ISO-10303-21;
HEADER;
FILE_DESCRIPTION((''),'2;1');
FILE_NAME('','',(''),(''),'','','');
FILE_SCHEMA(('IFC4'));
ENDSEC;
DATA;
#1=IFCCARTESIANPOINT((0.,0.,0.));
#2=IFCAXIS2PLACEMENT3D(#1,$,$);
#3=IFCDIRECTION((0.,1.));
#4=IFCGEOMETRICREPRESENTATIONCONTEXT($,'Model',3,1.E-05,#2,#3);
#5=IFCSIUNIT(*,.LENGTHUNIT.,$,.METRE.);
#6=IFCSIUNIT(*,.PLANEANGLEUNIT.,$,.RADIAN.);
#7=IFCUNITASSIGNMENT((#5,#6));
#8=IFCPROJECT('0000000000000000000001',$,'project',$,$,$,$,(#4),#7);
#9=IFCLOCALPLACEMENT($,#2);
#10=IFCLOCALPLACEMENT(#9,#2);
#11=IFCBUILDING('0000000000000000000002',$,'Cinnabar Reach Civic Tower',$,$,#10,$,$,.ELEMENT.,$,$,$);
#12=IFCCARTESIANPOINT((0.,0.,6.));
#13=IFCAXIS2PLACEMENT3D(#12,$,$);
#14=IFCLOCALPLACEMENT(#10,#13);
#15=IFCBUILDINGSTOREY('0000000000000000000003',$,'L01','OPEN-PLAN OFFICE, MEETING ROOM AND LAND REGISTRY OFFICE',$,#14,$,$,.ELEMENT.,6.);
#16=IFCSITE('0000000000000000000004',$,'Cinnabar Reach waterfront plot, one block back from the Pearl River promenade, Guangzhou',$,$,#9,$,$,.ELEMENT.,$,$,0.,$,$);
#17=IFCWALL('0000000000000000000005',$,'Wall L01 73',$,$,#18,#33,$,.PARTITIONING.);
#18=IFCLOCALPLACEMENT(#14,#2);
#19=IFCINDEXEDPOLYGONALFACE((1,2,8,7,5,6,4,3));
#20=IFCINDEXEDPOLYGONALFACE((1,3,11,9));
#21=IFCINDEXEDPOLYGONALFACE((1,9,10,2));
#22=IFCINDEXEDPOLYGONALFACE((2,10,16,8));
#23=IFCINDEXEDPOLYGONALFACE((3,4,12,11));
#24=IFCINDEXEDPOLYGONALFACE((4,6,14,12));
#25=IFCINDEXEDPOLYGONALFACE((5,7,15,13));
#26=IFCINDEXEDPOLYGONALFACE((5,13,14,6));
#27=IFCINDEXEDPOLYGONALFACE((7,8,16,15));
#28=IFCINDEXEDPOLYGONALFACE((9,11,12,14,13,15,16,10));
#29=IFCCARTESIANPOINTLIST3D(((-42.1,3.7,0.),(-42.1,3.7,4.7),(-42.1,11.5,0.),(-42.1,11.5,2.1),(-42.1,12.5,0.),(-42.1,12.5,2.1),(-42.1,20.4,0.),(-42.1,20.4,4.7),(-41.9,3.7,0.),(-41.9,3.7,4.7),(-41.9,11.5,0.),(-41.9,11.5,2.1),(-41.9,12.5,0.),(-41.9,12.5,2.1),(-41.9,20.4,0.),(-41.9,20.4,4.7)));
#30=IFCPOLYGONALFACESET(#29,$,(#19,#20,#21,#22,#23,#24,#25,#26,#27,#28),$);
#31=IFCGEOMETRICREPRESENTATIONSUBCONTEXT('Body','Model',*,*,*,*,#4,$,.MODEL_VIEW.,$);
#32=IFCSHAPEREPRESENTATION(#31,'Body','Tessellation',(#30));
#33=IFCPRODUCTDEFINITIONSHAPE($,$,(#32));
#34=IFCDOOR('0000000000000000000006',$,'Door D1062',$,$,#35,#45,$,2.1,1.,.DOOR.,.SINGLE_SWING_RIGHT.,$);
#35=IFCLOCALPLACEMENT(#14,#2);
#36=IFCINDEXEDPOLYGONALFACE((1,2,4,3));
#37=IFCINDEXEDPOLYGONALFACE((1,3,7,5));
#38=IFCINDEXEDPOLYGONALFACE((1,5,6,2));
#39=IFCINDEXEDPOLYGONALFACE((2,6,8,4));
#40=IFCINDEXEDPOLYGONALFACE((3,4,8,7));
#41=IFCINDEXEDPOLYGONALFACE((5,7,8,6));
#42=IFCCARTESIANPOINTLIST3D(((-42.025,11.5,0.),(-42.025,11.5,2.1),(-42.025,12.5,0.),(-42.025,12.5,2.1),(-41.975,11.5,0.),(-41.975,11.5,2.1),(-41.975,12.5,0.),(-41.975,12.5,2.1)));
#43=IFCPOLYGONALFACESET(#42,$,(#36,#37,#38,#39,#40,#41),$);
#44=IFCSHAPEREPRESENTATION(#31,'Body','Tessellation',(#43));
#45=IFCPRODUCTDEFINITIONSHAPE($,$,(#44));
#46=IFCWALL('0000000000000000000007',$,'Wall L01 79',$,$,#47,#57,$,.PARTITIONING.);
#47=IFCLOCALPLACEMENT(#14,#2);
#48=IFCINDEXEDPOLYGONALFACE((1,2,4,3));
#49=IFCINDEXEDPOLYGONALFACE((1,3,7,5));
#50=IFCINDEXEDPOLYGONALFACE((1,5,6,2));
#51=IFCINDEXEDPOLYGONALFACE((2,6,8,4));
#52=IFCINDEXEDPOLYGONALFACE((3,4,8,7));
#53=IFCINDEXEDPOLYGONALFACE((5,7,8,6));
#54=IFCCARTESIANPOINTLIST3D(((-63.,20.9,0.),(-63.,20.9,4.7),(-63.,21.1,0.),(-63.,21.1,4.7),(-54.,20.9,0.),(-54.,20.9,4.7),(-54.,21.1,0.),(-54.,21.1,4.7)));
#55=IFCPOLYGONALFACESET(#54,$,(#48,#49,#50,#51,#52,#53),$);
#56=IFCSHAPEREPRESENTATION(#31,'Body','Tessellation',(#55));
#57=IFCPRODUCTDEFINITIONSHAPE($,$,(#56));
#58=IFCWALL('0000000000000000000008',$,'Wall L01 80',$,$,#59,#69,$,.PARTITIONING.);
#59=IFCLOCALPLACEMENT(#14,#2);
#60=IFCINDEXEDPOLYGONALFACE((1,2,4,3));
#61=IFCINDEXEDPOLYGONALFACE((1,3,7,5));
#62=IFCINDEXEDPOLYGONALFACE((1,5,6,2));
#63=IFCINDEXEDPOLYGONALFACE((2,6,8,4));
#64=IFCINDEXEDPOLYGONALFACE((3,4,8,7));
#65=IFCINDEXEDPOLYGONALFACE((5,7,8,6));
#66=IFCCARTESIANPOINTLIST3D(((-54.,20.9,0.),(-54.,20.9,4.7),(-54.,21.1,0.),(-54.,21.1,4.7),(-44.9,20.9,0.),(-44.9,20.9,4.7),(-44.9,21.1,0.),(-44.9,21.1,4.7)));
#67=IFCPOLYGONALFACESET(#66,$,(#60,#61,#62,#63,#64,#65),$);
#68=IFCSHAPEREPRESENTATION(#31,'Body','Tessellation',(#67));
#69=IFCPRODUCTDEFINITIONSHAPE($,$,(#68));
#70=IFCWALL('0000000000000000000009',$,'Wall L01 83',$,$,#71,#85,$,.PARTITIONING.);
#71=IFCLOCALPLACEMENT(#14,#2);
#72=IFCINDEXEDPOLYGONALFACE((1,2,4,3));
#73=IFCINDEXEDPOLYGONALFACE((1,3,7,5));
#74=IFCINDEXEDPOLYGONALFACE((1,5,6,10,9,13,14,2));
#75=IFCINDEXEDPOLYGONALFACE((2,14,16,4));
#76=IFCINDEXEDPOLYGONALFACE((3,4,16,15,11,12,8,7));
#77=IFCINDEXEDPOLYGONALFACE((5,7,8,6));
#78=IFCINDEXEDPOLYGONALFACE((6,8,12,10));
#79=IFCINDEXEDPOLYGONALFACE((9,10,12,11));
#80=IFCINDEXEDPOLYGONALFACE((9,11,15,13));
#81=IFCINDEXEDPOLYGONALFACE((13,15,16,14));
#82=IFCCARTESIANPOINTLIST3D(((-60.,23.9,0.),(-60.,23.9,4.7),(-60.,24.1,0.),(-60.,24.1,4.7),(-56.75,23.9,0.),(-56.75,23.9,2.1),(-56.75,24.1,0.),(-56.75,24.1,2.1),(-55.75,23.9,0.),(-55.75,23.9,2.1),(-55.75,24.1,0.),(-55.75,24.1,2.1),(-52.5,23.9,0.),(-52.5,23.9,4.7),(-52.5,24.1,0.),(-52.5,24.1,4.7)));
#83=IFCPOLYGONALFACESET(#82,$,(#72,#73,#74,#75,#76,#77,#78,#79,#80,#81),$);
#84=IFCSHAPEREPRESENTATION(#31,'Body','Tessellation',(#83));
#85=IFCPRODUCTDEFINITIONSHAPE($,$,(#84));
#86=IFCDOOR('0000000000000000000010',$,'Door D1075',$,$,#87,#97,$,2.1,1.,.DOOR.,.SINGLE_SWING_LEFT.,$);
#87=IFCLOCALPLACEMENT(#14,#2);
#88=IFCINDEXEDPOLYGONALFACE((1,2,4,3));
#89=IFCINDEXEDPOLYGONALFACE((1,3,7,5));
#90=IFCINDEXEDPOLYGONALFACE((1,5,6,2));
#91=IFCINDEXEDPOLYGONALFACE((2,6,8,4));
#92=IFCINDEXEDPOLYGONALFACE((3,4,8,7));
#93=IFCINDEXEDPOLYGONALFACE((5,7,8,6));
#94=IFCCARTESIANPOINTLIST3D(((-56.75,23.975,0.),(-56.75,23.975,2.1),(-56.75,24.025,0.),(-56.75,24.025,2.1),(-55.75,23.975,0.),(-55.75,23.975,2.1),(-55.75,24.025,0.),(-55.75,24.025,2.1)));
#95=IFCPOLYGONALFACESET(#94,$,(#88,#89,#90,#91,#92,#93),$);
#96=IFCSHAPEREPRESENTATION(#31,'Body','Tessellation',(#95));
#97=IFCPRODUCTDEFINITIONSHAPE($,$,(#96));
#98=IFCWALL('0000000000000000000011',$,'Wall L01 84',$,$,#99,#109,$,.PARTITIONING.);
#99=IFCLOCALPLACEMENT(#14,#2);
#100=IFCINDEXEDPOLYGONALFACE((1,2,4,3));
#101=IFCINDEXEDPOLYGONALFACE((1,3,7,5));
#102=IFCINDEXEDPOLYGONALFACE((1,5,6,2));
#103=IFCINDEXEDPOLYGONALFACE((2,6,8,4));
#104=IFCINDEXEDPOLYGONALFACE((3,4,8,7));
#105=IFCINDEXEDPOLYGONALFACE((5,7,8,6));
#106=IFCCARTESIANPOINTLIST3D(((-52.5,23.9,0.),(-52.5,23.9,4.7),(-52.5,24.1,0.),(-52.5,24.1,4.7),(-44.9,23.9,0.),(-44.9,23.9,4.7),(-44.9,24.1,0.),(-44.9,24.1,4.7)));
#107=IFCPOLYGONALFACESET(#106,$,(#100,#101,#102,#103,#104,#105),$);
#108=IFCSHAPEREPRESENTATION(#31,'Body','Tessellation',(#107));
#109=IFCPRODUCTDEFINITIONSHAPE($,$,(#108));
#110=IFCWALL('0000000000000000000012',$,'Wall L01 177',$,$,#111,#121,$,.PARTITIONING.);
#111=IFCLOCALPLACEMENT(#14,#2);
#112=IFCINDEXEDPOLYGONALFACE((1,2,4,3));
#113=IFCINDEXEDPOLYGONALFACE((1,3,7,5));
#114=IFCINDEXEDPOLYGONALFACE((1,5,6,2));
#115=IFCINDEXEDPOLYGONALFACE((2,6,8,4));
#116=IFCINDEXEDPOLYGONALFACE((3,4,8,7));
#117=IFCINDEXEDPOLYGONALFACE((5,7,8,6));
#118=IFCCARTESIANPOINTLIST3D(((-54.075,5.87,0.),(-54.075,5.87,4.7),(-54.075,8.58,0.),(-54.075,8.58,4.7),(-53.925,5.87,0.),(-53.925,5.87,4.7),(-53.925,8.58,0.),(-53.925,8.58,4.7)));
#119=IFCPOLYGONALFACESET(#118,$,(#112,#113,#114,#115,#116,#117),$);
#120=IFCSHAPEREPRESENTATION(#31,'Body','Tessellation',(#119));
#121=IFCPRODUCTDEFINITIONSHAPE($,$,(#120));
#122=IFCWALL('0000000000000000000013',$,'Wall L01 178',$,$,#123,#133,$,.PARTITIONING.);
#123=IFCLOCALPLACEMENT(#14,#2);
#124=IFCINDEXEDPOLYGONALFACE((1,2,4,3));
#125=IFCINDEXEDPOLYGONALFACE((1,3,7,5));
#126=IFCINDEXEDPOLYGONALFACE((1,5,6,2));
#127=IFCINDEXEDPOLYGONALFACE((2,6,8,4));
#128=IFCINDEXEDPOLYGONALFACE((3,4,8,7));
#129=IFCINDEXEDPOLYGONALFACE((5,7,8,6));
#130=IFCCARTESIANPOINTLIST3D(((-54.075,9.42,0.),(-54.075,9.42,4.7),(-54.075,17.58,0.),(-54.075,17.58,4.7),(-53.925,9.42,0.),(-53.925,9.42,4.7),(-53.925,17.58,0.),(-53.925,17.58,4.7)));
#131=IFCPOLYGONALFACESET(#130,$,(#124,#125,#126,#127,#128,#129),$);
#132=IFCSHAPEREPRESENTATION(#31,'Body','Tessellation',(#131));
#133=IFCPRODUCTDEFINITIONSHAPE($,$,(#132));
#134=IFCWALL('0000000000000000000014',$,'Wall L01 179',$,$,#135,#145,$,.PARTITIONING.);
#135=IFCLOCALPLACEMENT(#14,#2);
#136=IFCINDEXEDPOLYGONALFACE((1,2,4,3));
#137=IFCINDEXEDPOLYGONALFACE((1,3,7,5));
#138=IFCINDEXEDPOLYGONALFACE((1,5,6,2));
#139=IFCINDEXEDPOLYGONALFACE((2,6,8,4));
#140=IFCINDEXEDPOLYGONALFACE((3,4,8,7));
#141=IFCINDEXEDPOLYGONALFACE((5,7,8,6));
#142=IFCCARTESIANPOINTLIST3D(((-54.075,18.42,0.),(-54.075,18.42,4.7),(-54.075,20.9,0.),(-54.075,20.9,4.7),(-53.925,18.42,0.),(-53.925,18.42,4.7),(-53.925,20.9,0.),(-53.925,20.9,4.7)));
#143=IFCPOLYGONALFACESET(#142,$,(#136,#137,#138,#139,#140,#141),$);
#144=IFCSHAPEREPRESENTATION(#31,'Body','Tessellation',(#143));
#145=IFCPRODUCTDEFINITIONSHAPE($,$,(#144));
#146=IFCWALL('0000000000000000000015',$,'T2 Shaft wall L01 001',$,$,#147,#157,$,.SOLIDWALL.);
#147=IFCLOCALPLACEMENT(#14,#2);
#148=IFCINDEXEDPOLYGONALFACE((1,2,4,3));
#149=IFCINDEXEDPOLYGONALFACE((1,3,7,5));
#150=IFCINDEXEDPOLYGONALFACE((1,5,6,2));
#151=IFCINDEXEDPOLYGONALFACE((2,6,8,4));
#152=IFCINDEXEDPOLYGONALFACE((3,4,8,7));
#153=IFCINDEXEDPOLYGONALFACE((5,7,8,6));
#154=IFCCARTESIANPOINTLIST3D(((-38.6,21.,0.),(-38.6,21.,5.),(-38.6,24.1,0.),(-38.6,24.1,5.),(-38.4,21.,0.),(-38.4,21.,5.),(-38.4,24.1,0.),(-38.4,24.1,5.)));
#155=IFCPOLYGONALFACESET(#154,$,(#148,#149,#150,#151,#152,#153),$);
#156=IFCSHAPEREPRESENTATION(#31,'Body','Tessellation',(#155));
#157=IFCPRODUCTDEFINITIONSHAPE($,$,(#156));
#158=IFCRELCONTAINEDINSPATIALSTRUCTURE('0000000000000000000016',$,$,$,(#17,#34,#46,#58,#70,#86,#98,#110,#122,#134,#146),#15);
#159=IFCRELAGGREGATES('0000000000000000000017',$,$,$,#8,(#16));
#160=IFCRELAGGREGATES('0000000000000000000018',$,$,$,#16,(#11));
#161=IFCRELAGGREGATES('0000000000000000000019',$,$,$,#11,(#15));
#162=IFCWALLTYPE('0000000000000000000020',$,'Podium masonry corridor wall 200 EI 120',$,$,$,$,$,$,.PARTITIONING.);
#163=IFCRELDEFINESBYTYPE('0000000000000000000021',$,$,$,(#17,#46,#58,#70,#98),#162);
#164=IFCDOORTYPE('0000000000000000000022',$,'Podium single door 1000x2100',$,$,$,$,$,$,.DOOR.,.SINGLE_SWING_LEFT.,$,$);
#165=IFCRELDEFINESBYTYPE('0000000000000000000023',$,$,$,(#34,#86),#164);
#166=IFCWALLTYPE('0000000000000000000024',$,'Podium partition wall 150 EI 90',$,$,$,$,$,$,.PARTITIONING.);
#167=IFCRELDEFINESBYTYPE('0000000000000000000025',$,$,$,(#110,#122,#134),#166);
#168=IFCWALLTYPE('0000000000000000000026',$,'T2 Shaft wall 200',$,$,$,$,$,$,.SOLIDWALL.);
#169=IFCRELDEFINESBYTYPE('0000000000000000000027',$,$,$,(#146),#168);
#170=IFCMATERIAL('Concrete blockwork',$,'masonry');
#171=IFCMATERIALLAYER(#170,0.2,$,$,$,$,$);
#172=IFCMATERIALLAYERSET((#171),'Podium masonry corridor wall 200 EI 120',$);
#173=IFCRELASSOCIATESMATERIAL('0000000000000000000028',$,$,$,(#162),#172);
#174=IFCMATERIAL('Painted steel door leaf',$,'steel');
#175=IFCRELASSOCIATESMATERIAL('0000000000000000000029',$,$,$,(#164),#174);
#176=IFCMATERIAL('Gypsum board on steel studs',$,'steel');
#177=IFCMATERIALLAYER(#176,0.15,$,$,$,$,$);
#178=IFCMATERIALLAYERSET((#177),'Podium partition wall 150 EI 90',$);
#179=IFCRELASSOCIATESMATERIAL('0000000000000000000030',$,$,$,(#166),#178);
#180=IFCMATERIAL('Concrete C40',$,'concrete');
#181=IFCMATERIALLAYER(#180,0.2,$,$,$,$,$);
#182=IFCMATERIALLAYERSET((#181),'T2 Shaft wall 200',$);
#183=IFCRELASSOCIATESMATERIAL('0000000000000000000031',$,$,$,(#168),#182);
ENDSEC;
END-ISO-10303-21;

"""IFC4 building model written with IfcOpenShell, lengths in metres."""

from ifc_helpers import new_model, si_unit, direction, frame, frame_2d, origin, place, context, subcontext, project, spatial, rectangle, extrude, material, layer, layer_set, type_object, element, fill, save


model = new_model("IFC4")

# Units and contexts
model_context = context("Model", 3, precision=1e-05, world=origin(), true_north=direction((0.0, 1.0)))
body_context = subcontext(model_context, "Body", "Model", "MODEL_VIEW")
ifc_project = project(units=[si_unit("LENGTHUNIT", "METRE"), si_unit("PLANEANGLEUNIT", "RADIAN")], contexts=[model_context])

# Site, building, storey
site_placement = place(None, origin())
site = spatial("IfcSite", under=ifc_project, at=site_placement, Name="Cinnabar Reach waterfront plot, one block back from the Pearl River promenade, Guangzhou", CompositionType="ELEMENT", RefElevation=0.0)
building_placement = place(site_placement, origin())
building = spatial("IfcBuilding", under=site, at=building_placement, Name="Cinnabar Reach Civic Tower", CompositionType="ELEMENT")
storey_placement = place(building_placement, frame((0.0, 0.0, 6.0)))
storey = spatial("IfcBuildingStorey", under=building, at=storey_placement, Name="L01", Description="OPEN-PLAN OFFICE, MEETING ROOM AND LAND REGISTRY OFFICE", CompositionType="ELEMENT", Elevation=6.0)

# Shared definitions
ifc_material_1 = material(Name="Concrete blockwork", Category="masonry")
ifc_layer_1 = layer(ifc_material_1, 0.2)
ifc_layer_set_1 = layer_set([ifc_layer_1], Name="Podium masonry corridor wall 200 EI 120")
wall_type_1 = type_object("IfcWallType", Name="Podium masonry corridor wall 200 EI 120", PredefinedType="PARTITIONING", material=ifc_layer_set_1)

# Shared definitions
ifc_material_2 = material(Name="Painted steel door leaf", Category="steel")
door_type_1 = type_object("IfcDoorType", Name="Podium single door 1000x2100", OperationType="SINGLE_SWING_LEFT", PredefinedType="DOOR", material=ifc_material_2)

# Wall, opening, door
wall_1_placement = place(storey_placement, frame((-42.0, 3.7, 0.0), z_axis=(0.0, 0.0, 1.0), x_axis=(0.0, 1.0, 0.0)))
wall_1 = element("IfcWall", 1, at=wall_1_placement, inside=storey, type_object=wall_type_1, Name="Wall L01 73", PredefinedType="PARTITIONING", context=body_context, shape_type="SweptSolid", body=[
    extrude(rectangle(XDim=16.7, YDim=0.2, at=frame_2d((8.35, 0.0))), origin(), (0.0, 0.0, 1.0), 4.7),
])
opening_1_placement = place(wall_1_placement, frame((7.8, 0.0, 0.0)))
opening_1 = element("IfcOpeningElement", 2, at=opening_1_placement, cuts=wall_1, PredefinedType="OPENING", context=body_context, shape_type="SweptSolid", body=[
    extrude(rectangle(XDim=1.0, YDim=2.1, at=frame_2d((0.5, 1.05))), frame((0.0, 0.11, 0.0), z_axis=(0.0, -1.0, 0.0), x_axis=(1.0, 0.0, 0.0)), (0.0, 0.0, 1.0), 0.22),
])
door_1_placement = place(opening_1_placement, frame((1.0, 0.0, 0.0), z_axis=(0.0, 0.0, 1.0), x_axis=(-1.0, 0.0, 0.0)))
door_1 = element("IfcDoor", 3, at=door_1_placement, inside=storey, type_object=door_type_1, Name="Door D1062", OperationType="SINGLE_SWING_RIGHT", OverallHeight=2.1, OverallWidth=1.0, PredefinedType="DOOR", context=body_context, shape_type="SweptSolid", body=[
    extrude(rectangle(XDim=1.0, YDim=2.1, at=frame_2d((0.5, 1.05))), frame((0.0, 0.025, 0.0), z_axis=(0.0, -1.0, 0.0), x_axis=(1.0, 0.0, 0.0)), (0.0, 0.0, 1.0), 0.05),
])
fill(opening_1, door_1)

# Walls
wall_2_placement = place(storey_placement, frame((-63.0, 21.0, 0.0), z_axis=(0.0, 0.0, 1.0), x_axis=(1.0, 0.0, 0.0)))
element("IfcWall", 4, at=wall_2_placement, inside=storey, type_object=wall_type_1, Name="Wall L01 79", PredefinedType="PARTITIONING", context=body_context, shape_type="SweptSolid", body=[
    extrude(rectangle(XDim=9.0, YDim=0.2, at=frame_2d((4.5, 0.0))), origin(), (0.0, 0.0, 1.0), 4.7),
])
wall_3_placement = place(storey_placement, frame((-54.0, 21.0, 0.0), z_axis=(0.0, 0.0, 1.0), x_axis=(1.0, 0.0, 0.0)))
element("IfcWall", 5, at=wall_3_placement, inside=storey, type_object=wall_type_1, Name="Wall L01 80", PredefinedType="PARTITIONING", context=body_context, shape_type="SweptSolid", body=[
    extrude(rectangle(XDim=9.1, YDim=0.2, at=frame_2d((4.55, 0.0))), origin(), (0.0, 0.0, 1.0), 4.7),
])

# Wall, opening, door
wall_4_placement = place(storey_placement, frame((-60.0, 24.0, 0.0), z_axis=(0.0, 0.0, 1.0), x_axis=(1.0, 0.0, 0.0)))
wall_4 = element("IfcWall", 6, at=wall_4_placement, inside=storey, type_object=wall_type_1, Name="Wall L01 83", PredefinedType="PARTITIONING", context=body_context, shape_type="SweptSolid", body=[
    extrude(rectangle(XDim=7.5, YDim=0.2, at=frame_2d((3.75, 0.0))), origin(), (0.0, 0.0, 1.0), 4.7),
])
opening_2_placement = place(wall_4_placement, frame((3.25, 0.0, 0.0)))
opening_2 = element("IfcOpeningElement", 7, at=opening_2_placement, cuts=wall_4, PredefinedType="OPENING", context=body_context, shape_type="SweptSolid", body=[
    extrude(rectangle(XDim=1.0, YDim=2.1, at=frame_2d((0.5, 1.05))), frame((0.0, 0.11, 0.0), z_axis=(0.0, -1.0, 0.0), x_axis=(1.0, 0.0, 0.0)), (0.0, 0.0, 1.0), 0.22),
])
door_2_placement = place(opening_2_placement, origin())
door_2 = element("IfcDoor", 8, at=door_2_placement, inside=storey, type_object=door_type_1, Name="Door D1075", OperationType="SINGLE_SWING_LEFT", OverallHeight=2.1, OverallWidth=1.0, PredefinedType="DOOR", context=body_context, shape_type="SweptSolid", body=[
    extrude(rectangle(XDim=1.0, YDim=2.1, at=frame_2d((0.5, 1.05))), frame((0.0, 0.025, 0.0), z_axis=(0.0, -1.0, 0.0), x_axis=(1.0, 0.0, 0.0)), (0.0, 0.0, 1.0), 0.05),
])
fill(opening_2, door_2)

# Walls
wall_5_placement = place(storey_placement, frame((-52.5, 24.0, 0.0), z_axis=(0.0, 0.0, 1.0), x_axis=(1.0, 0.0, 0.0)))
element("IfcWall", 9, at=wall_5_placement, inside=storey, type_object=wall_type_1, Name="Wall L01 84", PredefinedType="PARTITIONING", context=body_context, shape_type="SweptSolid", body=[
    extrude(rectangle(XDim=7.6, YDim=0.2, at=frame_2d((3.8, 0.0))), origin(), (0.0, 0.0, 1.0), 4.7),
])
ifc_material_3 = material(Name="Gypsum board on steel studs", Category="steel")
ifc_layer_2 = layer(ifc_material_3, 0.15)
ifc_layer_set_2 = layer_set([ifc_layer_2], Name="Podium partition wall 150 EI 90")
wall_type_2 = type_object("IfcWallType", Name="Podium partition wall 150 EI 90", PredefinedType="PARTITIONING", material=ifc_layer_set_2)
wall_6_placement = place(storey_placement, frame((-54.0, 5.87, 0.0), z_axis=(0.0, 0.0, 1.0), x_axis=(0.0, 1.0, 0.0)))
element("IfcWall", 10, at=wall_6_placement, inside=storey, type_object=wall_type_2, Name="Wall L01 177", PredefinedType="PARTITIONING", context=body_context, shape_type="SweptSolid", body=[
    extrude(rectangle(XDim=2.71, YDim=0.15, at=frame_2d((1.355, 0.0))), origin(), (0.0, 0.0, 1.0), 4.7),
])
wall_7_placement = place(storey_placement, frame((-54.0, 9.42, 0.0), z_axis=(0.0, 0.0, 1.0), x_axis=(0.0, 1.0, 0.0)))
element("IfcWall", 11, at=wall_7_placement, inside=storey, type_object=wall_type_2, Name="Wall L01 178", PredefinedType="PARTITIONING", context=body_context, shape_type="SweptSolid", body=[
    extrude(rectangle(XDim=8.16, YDim=0.15, at=frame_2d((4.08, 0.0))), origin(), (0.0, 0.0, 1.0), 4.7),
])
wall_8_placement = place(storey_placement, frame((-54.0, 18.42, 0.0), z_axis=(0.0, 0.0, 1.0), x_axis=(0.0, 1.0, 0.0)))
element("IfcWall", 12, at=wall_8_placement, inside=storey, type_object=wall_type_2, Name="Wall L01 179", PredefinedType="PARTITIONING", context=body_context, shape_type="SweptSolid", body=[
    extrude(rectangle(XDim=2.48, YDim=0.15, at=frame_2d((1.24, 0.0))), origin(), (0.0, 0.0, 1.0), 4.7),
])
ifc_material_4 = material(Name="Concrete C40", Category="concrete")
ifc_layer_3 = layer(ifc_material_4, 0.2)
ifc_layer_set_3 = layer_set([ifc_layer_3], Name="T2 Shaft wall 200")
wall_type_3 = type_object("IfcWallType", Name="T2 Shaft wall 200", PredefinedType="SOLIDWALL", material=ifc_layer_set_3)
wall_9_placement = place(storey_placement, frame((-38.5, 21.0, 0.0), z_axis=(0.0, 0.0, 1.0), x_axis=(0.0, 1.0, 0.0)))
element("IfcWall", 13, at=wall_9_placement, inside=storey, type_object=wall_type_3, Name="T2 Shaft wall L01 001", PredefinedType="SOLIDWALL", context=body_context, shape_type="SweptSolid", body=[
    extrude(rectangle(XDim=3.1, YDim=0.2, at=frame_2d((1.55, 0.0))), origin(), (0.0, 0.0, 1.0), 5.0),
])

save(model, "model.ifc")
